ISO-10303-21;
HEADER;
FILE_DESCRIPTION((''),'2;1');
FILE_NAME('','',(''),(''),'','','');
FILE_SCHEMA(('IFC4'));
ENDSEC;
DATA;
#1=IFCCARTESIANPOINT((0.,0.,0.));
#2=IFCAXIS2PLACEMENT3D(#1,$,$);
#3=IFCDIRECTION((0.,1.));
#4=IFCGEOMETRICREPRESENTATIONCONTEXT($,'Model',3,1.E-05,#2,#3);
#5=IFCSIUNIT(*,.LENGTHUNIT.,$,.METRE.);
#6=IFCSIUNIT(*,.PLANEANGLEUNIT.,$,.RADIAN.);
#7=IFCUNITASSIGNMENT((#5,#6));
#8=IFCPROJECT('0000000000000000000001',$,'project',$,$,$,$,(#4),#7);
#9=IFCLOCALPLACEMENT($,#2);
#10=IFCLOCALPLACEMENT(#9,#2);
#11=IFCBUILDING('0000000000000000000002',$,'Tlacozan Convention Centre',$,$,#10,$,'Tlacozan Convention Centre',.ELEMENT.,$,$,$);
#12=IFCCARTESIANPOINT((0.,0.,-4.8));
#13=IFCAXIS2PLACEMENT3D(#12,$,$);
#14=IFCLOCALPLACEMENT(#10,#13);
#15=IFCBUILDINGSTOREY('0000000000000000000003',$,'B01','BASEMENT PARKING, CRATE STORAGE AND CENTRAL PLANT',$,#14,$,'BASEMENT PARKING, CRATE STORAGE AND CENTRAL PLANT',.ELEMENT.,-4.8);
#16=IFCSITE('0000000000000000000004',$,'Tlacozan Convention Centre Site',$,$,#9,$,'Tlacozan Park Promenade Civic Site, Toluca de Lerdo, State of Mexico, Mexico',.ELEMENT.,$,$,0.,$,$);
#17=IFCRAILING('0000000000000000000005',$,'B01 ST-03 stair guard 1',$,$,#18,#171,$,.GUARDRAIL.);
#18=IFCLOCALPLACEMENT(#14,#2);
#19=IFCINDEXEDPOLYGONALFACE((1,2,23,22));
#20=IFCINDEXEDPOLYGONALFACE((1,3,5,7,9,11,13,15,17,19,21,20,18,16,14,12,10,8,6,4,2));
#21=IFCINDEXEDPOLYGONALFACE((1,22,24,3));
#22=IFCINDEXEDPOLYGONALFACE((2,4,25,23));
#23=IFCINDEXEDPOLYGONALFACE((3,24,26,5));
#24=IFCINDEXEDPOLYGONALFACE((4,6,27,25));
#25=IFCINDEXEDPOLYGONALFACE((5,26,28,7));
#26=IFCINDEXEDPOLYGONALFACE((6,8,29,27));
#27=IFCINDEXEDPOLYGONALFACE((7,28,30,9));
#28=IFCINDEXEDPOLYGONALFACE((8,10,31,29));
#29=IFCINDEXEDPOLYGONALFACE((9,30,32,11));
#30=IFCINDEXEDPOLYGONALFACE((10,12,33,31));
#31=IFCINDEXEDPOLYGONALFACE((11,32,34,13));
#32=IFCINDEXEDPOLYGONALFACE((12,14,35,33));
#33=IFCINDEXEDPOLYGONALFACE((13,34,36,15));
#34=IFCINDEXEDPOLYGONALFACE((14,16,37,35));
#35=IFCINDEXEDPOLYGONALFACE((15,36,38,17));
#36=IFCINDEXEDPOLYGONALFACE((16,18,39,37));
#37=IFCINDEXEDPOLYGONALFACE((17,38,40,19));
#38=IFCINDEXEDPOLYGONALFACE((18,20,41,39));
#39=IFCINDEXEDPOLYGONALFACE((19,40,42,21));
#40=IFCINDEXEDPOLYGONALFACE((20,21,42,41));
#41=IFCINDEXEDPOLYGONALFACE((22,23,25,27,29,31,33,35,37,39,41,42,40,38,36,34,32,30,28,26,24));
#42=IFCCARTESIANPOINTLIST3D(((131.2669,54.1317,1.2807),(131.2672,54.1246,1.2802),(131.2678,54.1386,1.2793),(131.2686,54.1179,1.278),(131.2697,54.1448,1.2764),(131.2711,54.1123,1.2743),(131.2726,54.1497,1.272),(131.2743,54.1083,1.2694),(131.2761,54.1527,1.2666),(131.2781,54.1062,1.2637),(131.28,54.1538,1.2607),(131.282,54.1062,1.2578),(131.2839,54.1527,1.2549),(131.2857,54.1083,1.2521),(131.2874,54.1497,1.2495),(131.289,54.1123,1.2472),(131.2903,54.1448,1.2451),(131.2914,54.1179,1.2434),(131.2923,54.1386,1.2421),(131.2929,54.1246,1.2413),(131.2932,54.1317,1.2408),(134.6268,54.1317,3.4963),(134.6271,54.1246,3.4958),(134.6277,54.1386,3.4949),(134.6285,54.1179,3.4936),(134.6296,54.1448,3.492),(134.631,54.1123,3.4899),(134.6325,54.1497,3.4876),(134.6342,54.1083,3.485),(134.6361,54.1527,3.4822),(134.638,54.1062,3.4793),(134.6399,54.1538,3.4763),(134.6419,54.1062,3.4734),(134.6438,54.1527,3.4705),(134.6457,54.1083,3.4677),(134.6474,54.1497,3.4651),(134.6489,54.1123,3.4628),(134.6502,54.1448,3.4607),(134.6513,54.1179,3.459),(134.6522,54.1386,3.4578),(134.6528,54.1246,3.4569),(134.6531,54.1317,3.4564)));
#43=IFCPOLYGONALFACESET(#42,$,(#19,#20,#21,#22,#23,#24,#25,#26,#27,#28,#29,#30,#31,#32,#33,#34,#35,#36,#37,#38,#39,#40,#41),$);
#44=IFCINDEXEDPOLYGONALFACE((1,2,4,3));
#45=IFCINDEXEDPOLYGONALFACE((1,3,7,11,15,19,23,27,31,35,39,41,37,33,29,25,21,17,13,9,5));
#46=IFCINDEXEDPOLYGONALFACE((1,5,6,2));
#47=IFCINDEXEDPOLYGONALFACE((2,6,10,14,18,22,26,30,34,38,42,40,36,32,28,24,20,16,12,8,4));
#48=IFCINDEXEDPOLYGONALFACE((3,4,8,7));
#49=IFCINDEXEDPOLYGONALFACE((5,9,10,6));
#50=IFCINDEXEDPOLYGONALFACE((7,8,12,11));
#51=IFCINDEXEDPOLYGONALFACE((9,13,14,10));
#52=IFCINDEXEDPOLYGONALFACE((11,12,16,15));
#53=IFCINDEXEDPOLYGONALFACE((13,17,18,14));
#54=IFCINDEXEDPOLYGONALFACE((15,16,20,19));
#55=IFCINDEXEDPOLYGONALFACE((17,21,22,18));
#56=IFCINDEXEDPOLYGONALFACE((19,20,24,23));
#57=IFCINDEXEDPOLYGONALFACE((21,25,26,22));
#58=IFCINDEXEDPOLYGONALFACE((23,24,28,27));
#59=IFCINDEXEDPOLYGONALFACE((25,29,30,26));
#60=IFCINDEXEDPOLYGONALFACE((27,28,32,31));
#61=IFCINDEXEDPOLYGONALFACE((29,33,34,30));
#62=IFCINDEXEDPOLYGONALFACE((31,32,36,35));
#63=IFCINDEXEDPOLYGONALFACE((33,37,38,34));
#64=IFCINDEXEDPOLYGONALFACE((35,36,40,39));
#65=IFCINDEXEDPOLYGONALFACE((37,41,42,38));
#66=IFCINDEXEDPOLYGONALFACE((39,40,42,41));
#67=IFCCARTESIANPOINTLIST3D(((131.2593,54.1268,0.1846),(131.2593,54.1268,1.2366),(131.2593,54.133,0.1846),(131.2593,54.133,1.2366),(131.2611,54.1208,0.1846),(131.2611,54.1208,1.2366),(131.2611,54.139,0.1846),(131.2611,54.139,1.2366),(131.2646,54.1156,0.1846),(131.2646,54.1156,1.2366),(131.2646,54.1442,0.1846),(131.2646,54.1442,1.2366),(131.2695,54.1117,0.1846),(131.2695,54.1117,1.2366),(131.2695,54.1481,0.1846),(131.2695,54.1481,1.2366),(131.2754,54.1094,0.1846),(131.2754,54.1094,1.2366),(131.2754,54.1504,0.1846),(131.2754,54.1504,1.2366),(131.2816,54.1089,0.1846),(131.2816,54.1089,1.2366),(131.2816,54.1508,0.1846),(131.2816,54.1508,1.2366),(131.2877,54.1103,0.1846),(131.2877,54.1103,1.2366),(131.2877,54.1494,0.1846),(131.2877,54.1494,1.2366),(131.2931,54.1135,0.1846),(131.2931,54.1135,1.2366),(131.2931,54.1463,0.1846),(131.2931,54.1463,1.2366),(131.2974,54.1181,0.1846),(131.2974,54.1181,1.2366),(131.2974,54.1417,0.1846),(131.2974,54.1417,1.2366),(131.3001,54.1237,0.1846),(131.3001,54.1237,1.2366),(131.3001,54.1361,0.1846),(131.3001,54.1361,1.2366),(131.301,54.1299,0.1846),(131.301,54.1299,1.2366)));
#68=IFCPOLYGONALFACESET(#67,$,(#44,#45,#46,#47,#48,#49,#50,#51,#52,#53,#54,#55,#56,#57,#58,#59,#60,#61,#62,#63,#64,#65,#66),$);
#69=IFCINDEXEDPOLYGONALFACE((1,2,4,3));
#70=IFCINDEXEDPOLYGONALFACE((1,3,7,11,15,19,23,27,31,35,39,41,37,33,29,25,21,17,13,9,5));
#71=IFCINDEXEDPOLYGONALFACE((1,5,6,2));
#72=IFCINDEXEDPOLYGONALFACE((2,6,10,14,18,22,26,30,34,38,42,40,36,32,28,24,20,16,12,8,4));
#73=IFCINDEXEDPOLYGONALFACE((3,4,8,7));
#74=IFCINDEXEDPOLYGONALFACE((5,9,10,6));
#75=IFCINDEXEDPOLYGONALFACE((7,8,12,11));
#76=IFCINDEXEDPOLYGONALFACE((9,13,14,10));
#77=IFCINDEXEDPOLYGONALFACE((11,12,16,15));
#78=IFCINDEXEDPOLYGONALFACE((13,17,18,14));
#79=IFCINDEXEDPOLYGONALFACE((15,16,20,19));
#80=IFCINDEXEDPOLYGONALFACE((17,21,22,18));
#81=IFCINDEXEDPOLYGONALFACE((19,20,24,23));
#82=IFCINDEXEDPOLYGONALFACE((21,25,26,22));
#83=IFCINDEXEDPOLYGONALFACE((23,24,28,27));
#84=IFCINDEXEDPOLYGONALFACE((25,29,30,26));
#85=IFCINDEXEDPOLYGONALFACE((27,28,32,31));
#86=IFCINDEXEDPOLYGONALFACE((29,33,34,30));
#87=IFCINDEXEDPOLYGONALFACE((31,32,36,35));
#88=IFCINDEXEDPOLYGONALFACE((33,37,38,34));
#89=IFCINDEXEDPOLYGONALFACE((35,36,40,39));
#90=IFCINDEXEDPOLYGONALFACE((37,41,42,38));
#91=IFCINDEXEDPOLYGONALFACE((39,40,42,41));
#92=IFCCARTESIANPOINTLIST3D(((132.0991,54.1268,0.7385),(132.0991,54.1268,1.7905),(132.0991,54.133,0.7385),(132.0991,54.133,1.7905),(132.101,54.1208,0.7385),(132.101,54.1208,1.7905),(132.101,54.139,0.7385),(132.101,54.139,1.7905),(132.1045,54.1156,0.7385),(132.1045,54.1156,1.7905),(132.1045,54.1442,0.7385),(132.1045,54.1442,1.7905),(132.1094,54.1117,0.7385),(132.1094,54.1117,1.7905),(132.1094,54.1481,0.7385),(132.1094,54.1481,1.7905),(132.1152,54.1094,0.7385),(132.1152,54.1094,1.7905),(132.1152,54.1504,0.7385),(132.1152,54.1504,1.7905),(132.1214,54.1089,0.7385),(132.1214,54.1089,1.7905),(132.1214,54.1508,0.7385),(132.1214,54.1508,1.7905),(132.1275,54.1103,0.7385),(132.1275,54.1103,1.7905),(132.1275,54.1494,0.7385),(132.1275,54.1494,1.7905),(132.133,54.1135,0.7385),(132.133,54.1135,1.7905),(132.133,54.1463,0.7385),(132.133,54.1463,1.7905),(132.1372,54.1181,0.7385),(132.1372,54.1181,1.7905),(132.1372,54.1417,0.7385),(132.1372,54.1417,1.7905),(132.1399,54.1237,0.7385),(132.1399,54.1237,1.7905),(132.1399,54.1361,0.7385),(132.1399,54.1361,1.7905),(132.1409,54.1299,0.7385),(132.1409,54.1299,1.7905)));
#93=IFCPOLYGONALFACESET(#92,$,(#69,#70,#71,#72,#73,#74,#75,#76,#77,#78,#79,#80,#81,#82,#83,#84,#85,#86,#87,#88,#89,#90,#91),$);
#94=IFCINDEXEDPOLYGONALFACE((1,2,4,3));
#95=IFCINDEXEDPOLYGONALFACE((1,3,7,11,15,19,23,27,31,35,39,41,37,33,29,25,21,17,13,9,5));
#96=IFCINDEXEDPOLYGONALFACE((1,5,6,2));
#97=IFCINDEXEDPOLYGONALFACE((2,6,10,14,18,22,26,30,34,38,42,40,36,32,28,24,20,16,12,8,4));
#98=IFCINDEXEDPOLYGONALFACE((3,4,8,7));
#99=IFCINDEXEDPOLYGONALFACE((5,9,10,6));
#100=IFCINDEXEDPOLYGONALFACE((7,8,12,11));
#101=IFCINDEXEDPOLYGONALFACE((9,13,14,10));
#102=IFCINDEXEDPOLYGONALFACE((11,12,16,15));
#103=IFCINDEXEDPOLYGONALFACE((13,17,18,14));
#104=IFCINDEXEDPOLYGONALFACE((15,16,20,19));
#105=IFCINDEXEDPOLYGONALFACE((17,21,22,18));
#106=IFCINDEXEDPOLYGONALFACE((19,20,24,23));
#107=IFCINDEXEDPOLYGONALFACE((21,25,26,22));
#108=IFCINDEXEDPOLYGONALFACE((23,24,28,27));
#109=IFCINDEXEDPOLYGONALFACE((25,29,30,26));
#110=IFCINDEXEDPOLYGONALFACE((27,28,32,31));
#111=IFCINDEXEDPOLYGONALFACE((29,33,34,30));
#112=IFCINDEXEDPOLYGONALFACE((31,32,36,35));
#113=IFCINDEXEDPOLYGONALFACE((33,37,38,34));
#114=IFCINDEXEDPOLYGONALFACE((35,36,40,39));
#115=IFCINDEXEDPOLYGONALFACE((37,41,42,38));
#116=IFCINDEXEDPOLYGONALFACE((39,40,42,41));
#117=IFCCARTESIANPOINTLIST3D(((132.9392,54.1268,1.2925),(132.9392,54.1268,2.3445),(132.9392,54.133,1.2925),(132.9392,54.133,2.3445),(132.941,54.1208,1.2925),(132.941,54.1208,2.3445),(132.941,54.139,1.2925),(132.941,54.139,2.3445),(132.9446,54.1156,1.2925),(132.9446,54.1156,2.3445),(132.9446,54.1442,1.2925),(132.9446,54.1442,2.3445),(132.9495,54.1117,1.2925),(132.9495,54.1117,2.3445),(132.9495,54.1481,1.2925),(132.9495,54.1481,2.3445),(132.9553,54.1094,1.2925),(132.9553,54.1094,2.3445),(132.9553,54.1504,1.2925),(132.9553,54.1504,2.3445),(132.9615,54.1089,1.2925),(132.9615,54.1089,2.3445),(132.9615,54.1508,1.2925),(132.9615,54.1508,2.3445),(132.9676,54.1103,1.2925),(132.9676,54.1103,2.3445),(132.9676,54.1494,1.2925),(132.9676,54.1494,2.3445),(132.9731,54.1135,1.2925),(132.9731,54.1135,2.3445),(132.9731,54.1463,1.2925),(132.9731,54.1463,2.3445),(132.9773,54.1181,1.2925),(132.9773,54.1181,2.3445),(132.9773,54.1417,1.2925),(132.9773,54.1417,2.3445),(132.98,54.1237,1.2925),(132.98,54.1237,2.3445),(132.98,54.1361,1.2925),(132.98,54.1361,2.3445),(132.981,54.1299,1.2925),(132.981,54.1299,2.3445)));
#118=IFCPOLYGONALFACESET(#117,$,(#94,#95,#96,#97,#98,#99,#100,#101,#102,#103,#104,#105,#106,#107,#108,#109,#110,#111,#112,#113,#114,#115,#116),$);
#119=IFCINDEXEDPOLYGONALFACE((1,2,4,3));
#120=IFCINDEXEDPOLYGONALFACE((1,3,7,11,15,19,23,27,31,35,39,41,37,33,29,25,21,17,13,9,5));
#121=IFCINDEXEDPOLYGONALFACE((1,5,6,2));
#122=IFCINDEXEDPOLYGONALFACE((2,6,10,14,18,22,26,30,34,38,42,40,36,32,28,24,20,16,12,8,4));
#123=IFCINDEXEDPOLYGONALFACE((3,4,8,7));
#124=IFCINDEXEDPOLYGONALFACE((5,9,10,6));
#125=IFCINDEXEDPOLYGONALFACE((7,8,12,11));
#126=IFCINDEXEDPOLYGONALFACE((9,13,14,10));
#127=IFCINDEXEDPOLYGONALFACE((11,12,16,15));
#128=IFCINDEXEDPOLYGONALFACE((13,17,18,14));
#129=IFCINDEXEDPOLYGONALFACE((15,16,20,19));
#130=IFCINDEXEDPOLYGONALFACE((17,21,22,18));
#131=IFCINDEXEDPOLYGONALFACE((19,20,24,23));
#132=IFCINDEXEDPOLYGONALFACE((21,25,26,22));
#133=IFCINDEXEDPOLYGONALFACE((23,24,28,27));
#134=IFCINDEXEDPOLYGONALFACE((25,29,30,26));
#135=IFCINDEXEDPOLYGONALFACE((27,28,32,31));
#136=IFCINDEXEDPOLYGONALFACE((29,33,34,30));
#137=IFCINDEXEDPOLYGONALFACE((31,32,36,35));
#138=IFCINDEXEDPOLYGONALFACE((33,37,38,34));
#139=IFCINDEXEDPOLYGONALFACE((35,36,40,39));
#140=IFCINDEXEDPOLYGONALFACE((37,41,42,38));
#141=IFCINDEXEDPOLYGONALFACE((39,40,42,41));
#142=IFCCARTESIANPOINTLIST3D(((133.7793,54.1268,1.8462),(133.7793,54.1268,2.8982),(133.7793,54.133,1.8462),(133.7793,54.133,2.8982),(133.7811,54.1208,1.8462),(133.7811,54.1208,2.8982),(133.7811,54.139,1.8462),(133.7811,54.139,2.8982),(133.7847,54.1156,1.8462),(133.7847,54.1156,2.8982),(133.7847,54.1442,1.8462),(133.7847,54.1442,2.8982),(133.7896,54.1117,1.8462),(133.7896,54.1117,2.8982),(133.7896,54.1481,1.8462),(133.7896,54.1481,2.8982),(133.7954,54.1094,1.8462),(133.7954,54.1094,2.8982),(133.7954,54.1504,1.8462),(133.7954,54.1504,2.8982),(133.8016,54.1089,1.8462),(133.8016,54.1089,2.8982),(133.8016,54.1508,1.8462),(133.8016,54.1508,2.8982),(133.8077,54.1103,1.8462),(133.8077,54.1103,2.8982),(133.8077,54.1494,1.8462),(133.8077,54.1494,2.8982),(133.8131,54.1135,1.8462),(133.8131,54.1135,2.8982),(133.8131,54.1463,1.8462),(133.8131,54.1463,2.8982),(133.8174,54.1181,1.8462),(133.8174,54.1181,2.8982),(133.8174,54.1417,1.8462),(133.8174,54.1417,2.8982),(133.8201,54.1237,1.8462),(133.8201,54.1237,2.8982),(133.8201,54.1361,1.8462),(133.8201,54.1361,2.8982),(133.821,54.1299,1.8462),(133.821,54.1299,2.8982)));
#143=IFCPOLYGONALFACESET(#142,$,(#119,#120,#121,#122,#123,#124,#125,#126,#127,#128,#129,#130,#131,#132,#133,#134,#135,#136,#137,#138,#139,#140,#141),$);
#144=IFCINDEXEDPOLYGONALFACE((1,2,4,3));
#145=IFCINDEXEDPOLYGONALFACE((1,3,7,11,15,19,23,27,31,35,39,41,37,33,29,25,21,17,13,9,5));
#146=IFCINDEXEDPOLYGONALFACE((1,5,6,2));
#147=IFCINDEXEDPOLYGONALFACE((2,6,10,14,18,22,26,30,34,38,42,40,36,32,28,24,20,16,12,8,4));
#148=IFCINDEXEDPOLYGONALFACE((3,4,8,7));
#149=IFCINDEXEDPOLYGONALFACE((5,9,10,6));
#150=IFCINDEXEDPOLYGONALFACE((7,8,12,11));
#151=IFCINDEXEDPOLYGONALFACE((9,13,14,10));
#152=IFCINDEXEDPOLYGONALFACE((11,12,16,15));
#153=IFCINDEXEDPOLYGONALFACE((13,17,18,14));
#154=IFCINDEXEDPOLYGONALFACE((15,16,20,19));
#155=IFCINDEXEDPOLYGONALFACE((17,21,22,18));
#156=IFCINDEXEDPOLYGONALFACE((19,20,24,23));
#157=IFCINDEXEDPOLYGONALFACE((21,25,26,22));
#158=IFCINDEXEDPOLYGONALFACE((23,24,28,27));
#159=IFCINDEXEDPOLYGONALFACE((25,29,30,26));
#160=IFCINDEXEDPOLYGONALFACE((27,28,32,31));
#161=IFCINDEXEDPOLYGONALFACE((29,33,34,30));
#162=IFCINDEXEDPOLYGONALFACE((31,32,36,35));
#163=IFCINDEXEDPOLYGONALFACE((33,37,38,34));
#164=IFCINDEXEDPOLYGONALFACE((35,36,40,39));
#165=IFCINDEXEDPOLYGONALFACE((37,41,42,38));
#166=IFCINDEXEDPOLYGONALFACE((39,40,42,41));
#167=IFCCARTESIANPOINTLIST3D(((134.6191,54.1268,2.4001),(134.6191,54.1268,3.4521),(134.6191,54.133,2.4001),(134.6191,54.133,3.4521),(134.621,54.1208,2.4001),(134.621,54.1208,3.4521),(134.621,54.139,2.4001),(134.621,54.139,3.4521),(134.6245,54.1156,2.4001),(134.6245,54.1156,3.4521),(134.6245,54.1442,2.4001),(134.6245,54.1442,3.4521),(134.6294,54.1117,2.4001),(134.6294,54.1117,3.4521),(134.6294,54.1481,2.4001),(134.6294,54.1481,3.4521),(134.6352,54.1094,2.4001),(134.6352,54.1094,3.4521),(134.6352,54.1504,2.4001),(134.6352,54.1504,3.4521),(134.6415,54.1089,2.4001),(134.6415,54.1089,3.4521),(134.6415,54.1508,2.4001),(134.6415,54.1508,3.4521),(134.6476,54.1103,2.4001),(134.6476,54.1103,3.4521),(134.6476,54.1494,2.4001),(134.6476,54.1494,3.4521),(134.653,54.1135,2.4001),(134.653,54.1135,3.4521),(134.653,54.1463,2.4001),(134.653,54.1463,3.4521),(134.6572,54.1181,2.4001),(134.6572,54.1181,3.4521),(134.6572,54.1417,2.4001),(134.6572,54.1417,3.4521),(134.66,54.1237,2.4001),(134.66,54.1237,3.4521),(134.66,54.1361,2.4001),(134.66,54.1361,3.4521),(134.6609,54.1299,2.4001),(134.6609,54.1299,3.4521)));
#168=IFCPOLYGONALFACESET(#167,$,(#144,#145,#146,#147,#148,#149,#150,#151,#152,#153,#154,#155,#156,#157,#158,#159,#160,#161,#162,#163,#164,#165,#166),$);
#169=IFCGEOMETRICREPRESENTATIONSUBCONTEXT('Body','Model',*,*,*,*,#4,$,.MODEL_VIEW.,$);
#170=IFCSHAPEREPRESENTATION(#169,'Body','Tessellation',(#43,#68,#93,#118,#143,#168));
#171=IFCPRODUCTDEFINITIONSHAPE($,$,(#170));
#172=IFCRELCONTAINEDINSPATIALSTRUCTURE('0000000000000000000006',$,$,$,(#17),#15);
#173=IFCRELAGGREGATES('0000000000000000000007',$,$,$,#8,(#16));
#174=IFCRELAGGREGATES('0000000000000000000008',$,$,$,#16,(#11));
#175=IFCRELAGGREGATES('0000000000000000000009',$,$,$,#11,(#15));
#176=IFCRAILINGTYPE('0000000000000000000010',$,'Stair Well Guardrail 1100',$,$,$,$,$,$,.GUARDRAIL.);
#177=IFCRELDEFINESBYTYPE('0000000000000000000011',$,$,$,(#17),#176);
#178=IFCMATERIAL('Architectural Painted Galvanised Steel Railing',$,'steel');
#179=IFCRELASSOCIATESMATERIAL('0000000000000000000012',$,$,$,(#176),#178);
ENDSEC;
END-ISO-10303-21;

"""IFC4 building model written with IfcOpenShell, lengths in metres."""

from ifc_helpers import new_model, si_unit, direction, frame, origin, origin_2d, place, context, subcontext, project, spatial, circle, extrude, material, type_object, element, save


model = new_model("IFC4")

# Units and contexts
model_context = context("Model", 3, precision=1e-05, world=origin(), true_north=direction((0.0, 1.0)))
body_context = subcontext(model_context, "Body", "Model", "MODEL_VIEW")
ifc_project = project(units=[si_unit("LENGTHUNIT", "METRE"), si_unit("PLANEANGLEUNIT", "RADIAN")], contexts=[model_context])

# Site, building, storey
site_placement = place(None, origin())
site = spatial("IfcSite", under=ifc_project, at=site_placement, Name="Tlacozan Convention Centre Site", LongName="Tlacozan Park Promenade Civic Site, Toluca de Lerdo, State of Mexico, Mexico", CompositionType="ELEMENT", RefElevation=0.0)
building_placement = place(site_placement, origin())
building = spatial("IfcBuilding", under=site, at=building_placement, Name="Tlacozan Convention Centre", LongName="Tlacozan Convention Centre", CompositionType="ELEMENT")
storey_placement = place(building_placement, frame((0.0, 0.0, -4.8)))
storey = spatial("IfcBuildingStorey", under=building, at=storey_placement, Name="B01", Description="BASEMENT PARKING, CRATE STORAGE AND CENTRAL PLANT", LongName="BASEMENT PARKING, CRATE STORAGE AND CENTRAL PLANT", CompositionType="ELEMENT", Elevation=-4.8)

# Railing
ifc_material_1 = material(Name="Architectural Painted Galvanised Steel Railing", Category="steel")
railing_type_1 = type_object("IfcRailingType", Name="Stair Well Guardrail 1100", PredefinedType="GUARDRAIL", material=ifc_material_1)
railing_1_placement = place(storey_placement, frame((131.28, 54.1299, 0.1846)))
element("IfcRailing", 1, at=railing_1_placement, inside=storey, type_object=railing_type_1, Name="B01 ST-03 stair guard 1", PredefinedType="GUARDRAIL", context=body_context, shape_type="SweptSolid", body=[
    extrude(circle(Radius=0.0239, at=origin_2d()), frame((0.0, 0.0, 1.0762), z_axis=(0.83483, 0.0, 0.550508), x_axis=(0.0, 1.0, 0.0)), (0.0, 0.0, 1.0), 4.0247),
    extrude(circle(Radius=0.021, at=origin_2d()), origin(), (0.0, 0.0, 1.0), 1.052),
    extrude(circle(Radius=0.021, at=origin_2d()), frame((0.8398, 0.0, 0.554)), (0.0, 0.0, 1.0), 1.052),
    extrude(circle(Radius=0.021, at=origin_2d()), frame((1.6799, 0.0, 1.1079)), (0.0, 0.0, 1.0), 1.052),
    extrude(circle(Radius=0.021, at=origin_2d()), frame((2.52, 0.0, 1.6616)), (0.0, 0.0, 1.0), 1.052),
    extrude(circle(Radius=0.021, at=origin_2d()), frame((3.3599, 0.0, 2.2156)), (0.0, 0.0, 1.0), 1.052),
])

save(model, "model.ifc")
